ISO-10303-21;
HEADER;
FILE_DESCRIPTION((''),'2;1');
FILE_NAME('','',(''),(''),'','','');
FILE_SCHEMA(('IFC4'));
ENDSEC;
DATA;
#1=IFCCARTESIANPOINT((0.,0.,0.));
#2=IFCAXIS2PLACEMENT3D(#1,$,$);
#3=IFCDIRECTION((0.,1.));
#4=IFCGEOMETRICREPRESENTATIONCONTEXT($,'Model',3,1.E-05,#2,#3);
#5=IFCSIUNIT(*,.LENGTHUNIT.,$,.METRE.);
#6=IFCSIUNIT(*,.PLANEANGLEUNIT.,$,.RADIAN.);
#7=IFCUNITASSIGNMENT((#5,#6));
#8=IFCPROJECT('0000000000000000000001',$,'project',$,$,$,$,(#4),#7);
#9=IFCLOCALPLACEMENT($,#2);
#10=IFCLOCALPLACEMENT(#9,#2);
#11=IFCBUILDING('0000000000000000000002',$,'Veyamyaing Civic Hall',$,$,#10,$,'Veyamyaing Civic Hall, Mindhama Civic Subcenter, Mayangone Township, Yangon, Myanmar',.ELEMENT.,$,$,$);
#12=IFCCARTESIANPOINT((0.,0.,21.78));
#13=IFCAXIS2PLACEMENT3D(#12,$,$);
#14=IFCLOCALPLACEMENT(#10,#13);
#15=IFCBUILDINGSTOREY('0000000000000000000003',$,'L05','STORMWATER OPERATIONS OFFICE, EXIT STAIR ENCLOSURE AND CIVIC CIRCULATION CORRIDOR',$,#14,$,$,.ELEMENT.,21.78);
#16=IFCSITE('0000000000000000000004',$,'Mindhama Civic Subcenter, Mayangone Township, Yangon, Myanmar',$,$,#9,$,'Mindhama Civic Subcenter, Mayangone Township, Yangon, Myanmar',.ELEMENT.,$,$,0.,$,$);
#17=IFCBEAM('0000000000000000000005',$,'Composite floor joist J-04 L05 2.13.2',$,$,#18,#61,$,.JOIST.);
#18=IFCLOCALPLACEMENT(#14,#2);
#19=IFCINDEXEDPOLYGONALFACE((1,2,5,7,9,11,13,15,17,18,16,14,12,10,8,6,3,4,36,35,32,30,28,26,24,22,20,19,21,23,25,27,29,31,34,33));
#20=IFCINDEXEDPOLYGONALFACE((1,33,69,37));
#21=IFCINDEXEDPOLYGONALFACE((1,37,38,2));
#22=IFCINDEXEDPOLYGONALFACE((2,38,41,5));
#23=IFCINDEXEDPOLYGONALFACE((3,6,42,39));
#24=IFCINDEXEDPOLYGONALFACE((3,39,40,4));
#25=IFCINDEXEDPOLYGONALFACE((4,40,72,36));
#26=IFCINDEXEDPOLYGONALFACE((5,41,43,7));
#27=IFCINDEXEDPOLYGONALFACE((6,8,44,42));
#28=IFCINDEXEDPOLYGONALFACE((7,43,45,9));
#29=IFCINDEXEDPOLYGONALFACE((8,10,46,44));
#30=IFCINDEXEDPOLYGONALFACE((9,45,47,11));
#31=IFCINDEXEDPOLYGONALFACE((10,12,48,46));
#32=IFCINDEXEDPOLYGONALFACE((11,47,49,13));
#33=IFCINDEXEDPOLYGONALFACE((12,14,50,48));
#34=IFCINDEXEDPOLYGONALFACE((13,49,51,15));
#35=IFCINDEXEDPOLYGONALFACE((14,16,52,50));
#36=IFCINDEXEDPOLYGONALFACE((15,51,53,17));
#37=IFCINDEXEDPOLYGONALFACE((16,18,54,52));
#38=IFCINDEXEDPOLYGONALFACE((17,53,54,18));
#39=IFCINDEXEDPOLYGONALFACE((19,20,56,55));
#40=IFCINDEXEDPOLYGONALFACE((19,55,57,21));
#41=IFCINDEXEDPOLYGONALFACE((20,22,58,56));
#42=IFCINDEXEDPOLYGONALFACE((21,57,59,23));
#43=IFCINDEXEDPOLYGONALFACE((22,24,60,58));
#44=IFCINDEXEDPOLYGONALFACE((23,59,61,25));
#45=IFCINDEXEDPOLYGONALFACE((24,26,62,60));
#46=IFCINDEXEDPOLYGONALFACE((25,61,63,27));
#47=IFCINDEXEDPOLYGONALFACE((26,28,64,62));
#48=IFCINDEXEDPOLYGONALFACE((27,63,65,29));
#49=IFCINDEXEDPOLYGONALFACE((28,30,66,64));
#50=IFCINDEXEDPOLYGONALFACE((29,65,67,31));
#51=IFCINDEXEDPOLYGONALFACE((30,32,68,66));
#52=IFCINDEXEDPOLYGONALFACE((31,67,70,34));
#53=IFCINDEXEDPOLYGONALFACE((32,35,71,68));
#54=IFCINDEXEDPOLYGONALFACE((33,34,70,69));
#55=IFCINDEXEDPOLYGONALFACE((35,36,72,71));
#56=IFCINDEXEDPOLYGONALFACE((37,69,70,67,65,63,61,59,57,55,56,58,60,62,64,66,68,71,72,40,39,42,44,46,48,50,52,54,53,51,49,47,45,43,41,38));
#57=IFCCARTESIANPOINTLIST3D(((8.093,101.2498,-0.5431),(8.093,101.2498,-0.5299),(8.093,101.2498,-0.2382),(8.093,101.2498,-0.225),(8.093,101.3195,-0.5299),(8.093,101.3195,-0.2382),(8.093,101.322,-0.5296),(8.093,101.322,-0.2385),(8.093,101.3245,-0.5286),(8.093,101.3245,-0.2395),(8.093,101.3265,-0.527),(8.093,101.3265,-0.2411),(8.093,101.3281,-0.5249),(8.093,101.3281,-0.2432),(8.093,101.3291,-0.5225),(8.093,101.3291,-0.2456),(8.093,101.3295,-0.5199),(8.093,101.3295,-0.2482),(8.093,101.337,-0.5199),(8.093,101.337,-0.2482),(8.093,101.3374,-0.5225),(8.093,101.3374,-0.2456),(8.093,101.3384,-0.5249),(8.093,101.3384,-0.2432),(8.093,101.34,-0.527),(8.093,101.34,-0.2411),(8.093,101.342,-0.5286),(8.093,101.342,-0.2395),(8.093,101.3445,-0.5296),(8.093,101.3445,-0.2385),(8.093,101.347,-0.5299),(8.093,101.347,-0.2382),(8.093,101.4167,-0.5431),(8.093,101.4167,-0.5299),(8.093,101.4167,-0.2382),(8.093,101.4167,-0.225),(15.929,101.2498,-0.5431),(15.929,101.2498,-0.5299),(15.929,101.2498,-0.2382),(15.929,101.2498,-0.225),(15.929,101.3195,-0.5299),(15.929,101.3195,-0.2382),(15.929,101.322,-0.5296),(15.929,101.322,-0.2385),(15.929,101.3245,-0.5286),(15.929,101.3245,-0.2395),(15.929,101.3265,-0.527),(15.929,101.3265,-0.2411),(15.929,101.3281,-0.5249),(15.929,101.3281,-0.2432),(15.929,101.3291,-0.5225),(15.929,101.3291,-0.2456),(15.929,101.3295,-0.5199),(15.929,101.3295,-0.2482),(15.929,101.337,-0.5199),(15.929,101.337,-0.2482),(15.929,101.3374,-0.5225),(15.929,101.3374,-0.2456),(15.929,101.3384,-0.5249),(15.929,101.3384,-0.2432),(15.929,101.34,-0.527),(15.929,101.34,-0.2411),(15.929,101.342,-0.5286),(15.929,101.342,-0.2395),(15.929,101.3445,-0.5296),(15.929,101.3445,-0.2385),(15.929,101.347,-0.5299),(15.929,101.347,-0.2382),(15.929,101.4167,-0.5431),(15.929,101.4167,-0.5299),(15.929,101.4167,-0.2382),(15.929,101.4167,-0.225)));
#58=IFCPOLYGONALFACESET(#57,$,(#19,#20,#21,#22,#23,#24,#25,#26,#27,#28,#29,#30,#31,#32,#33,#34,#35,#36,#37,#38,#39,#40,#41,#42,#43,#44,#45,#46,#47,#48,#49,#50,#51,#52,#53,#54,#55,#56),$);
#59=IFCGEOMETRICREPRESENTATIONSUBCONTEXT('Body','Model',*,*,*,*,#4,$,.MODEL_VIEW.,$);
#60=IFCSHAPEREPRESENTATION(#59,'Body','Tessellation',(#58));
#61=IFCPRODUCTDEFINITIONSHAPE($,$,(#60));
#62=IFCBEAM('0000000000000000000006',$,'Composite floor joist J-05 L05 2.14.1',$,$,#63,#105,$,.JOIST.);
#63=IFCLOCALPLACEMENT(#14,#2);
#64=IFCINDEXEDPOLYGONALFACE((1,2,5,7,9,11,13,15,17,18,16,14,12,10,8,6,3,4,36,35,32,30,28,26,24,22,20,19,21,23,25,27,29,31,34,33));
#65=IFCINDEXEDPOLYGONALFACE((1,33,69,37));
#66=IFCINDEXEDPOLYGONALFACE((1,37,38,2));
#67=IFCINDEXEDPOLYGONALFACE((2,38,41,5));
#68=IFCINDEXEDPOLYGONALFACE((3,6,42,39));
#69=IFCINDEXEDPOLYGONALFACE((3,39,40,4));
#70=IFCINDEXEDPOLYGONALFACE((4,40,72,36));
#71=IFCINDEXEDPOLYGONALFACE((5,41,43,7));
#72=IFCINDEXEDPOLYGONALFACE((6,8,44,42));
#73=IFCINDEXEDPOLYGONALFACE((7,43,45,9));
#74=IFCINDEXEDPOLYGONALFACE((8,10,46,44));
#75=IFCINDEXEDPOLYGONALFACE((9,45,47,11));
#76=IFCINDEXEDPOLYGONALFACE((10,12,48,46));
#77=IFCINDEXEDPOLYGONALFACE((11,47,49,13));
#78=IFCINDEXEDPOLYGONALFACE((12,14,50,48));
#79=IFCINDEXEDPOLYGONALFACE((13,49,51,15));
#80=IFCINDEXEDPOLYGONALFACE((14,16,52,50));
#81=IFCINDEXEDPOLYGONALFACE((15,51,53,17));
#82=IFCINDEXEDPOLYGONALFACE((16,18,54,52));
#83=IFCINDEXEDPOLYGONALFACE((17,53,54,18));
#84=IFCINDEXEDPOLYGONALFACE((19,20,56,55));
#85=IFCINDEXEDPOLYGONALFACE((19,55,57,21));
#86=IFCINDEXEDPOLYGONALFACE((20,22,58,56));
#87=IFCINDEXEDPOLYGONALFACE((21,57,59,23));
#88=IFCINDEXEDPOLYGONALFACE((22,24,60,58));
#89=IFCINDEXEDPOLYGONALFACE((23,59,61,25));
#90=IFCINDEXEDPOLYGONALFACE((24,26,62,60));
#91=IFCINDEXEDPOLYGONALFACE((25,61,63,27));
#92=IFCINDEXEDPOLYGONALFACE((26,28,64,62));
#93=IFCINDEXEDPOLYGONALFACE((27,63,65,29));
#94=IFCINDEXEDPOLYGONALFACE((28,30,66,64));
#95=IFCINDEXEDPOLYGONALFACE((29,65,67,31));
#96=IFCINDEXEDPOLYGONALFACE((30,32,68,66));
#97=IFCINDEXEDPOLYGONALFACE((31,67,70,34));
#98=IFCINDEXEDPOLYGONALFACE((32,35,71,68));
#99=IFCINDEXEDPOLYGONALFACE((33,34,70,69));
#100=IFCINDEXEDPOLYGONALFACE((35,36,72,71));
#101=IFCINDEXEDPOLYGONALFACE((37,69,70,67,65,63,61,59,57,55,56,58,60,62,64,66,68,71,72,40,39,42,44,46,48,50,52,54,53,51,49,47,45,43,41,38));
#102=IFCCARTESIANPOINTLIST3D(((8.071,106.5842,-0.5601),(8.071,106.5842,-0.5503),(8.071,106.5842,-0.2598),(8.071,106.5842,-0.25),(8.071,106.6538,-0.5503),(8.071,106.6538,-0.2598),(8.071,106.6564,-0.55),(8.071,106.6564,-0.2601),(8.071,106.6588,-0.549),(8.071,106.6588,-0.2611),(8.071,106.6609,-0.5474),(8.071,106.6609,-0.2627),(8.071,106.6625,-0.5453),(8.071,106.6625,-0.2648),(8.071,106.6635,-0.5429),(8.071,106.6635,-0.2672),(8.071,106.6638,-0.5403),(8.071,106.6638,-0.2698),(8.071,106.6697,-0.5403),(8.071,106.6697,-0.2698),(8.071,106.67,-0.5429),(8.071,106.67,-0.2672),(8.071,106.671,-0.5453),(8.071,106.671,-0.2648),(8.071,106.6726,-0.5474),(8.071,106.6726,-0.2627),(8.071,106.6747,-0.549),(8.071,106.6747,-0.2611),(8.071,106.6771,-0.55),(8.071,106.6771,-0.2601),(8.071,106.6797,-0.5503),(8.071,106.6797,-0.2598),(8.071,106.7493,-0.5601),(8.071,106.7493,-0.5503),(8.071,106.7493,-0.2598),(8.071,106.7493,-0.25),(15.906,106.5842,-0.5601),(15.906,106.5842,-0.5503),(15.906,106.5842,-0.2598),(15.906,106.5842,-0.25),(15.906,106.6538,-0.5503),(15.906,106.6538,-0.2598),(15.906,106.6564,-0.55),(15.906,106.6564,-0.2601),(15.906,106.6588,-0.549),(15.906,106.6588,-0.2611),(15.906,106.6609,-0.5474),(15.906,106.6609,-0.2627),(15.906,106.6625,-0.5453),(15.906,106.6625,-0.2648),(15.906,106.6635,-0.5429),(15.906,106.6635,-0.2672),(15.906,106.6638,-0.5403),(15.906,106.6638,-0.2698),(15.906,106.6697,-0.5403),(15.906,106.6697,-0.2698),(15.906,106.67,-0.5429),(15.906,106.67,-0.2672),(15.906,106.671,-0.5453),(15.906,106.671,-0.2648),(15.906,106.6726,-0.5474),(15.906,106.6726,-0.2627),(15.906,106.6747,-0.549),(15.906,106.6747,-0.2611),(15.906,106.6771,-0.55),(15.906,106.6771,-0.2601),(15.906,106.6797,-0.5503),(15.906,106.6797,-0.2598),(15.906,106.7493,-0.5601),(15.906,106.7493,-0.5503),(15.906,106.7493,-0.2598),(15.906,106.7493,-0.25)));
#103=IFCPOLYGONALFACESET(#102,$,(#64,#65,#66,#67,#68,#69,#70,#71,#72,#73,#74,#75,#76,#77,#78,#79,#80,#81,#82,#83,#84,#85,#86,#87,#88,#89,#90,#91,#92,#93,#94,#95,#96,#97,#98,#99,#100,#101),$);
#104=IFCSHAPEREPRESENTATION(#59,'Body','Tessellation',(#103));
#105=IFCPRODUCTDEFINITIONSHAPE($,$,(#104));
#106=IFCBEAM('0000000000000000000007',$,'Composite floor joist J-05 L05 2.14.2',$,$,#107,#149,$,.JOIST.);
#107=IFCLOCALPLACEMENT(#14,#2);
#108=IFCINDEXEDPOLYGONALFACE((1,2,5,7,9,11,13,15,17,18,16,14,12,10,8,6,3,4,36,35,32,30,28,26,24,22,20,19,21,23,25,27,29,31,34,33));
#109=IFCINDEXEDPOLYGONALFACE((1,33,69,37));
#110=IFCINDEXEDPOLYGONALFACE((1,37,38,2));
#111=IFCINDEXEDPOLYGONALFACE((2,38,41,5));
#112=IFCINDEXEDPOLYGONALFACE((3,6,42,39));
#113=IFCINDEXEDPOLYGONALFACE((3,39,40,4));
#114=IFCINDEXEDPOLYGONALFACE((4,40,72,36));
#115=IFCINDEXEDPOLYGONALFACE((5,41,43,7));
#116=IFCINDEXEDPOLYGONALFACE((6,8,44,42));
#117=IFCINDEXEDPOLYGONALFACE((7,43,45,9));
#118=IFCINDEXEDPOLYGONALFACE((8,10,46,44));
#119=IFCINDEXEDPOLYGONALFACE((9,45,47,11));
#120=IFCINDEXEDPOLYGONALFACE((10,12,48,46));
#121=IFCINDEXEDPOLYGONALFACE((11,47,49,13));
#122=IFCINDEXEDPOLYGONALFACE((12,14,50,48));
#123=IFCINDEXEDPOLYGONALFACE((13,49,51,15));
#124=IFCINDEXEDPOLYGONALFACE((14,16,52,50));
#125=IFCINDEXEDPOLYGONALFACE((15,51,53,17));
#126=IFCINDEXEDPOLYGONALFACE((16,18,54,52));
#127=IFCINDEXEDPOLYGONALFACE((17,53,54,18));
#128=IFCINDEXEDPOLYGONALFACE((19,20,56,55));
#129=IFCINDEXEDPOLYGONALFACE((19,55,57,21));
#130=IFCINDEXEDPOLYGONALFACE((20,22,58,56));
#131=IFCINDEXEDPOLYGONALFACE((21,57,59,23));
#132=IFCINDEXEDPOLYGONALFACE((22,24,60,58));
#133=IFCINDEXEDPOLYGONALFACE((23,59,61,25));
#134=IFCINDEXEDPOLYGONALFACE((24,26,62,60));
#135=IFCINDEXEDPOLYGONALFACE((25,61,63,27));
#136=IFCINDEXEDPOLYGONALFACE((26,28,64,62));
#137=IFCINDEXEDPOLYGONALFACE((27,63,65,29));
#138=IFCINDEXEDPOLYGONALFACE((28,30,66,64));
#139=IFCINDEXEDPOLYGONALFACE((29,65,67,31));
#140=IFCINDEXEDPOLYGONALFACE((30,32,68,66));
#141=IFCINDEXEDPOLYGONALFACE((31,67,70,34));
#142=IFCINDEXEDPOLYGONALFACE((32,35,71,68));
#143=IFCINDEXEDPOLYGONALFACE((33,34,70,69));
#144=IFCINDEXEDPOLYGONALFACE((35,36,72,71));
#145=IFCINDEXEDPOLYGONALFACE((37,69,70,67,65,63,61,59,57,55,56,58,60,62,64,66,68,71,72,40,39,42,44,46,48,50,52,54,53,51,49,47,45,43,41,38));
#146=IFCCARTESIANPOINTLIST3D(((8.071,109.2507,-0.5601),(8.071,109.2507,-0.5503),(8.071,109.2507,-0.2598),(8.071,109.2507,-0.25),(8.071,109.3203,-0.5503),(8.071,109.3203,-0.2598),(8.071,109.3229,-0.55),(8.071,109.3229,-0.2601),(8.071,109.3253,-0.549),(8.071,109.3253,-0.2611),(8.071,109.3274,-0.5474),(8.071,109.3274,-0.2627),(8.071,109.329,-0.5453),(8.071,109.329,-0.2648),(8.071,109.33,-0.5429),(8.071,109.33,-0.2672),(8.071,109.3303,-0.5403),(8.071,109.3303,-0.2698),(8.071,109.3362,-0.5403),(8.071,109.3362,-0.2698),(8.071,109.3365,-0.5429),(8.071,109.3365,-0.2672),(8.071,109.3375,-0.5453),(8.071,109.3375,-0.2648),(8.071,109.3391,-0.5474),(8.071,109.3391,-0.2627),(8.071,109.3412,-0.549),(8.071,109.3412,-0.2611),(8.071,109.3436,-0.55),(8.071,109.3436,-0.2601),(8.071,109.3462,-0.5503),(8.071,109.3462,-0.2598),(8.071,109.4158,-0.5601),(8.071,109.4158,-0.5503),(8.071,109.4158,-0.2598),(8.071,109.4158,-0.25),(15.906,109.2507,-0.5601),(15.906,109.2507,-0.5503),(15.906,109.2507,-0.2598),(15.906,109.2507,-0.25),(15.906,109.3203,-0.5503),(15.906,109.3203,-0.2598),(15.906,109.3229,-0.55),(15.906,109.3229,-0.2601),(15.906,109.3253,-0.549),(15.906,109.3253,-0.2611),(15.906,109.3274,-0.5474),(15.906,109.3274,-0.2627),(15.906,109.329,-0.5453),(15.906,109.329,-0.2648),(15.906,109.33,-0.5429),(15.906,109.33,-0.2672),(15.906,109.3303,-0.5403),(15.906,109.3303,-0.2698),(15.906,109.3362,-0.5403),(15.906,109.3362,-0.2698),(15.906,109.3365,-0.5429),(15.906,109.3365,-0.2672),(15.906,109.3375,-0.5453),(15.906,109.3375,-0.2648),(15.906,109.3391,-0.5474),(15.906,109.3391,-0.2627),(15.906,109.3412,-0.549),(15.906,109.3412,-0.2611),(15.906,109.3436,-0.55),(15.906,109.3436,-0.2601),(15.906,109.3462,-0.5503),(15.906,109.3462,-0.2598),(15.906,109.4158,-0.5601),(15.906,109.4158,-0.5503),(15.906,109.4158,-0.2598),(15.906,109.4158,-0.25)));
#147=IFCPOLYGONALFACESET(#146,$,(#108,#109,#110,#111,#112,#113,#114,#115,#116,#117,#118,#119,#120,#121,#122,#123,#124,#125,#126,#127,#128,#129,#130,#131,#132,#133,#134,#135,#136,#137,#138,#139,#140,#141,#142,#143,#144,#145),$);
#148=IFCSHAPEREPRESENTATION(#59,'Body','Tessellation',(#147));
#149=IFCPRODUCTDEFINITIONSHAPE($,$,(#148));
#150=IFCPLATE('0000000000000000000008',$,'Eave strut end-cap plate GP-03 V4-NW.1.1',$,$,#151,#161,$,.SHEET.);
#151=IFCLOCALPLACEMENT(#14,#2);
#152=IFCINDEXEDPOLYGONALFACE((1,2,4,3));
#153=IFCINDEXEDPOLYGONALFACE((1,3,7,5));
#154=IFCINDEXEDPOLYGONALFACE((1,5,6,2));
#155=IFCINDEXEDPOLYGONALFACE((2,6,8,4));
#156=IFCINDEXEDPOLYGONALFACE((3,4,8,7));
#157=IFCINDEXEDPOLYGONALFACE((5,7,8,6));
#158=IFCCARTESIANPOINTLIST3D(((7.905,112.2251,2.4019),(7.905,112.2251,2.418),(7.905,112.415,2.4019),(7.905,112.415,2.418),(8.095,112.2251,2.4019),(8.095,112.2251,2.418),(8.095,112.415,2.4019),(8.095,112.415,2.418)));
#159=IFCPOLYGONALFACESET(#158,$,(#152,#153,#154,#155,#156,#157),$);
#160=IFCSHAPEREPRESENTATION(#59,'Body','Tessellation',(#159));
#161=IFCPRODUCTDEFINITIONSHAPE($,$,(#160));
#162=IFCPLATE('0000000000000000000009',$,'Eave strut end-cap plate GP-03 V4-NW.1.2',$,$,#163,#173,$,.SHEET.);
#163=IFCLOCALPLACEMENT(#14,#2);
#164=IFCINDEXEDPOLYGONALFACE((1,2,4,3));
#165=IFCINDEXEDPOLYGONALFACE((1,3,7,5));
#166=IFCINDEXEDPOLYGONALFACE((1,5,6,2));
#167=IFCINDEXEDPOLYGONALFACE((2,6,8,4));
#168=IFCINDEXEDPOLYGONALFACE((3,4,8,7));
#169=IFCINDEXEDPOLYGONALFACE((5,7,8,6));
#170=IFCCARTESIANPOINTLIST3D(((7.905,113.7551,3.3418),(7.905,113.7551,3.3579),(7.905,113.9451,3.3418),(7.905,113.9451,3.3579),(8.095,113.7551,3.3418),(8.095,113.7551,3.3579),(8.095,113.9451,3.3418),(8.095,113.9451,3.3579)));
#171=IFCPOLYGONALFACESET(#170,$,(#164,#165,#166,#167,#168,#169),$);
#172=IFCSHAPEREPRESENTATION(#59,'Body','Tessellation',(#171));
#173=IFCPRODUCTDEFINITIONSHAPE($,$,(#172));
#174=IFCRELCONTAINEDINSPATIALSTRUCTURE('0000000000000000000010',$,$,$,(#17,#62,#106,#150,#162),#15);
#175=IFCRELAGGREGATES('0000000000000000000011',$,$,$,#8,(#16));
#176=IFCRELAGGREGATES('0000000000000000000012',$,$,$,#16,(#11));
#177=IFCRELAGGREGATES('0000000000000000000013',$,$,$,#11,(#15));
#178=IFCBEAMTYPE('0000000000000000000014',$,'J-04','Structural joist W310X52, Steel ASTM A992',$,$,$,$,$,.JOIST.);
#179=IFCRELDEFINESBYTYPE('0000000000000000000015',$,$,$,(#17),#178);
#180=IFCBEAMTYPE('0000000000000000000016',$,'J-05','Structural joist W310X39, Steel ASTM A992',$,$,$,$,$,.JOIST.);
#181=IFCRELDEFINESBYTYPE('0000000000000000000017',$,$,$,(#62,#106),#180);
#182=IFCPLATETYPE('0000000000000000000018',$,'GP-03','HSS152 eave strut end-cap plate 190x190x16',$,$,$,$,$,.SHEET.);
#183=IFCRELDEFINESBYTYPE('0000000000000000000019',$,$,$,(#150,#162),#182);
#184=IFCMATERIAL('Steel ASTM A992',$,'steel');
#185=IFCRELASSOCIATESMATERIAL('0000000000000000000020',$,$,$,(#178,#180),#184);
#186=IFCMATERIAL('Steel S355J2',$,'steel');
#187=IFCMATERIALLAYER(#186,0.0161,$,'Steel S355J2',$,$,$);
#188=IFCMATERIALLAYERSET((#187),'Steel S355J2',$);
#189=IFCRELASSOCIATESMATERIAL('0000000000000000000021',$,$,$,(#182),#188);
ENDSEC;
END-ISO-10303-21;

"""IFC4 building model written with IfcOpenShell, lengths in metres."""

from ifc_helpers import new_model, si_unit, direction, frame, origin, origin_2d, place, context, subcontext, project, spatial, rectangle, i_section, extrude, material, layer, layer_set, material_profile, profile_set, type_object, element, save


model = new_model("IFC4")

# Units and contexts
model_context = context("Model", 3, precision=1e-05, world=origin(), true_north=direction((0.0, 1.0)))
body_context = subcontext(model_context, "Body", "Model", "MODEL_VIEW")
ifc_project = project(units=[si_unit("LENGTHUNIT", "METRE"), si_unit("PLANEANGLEUNIT", "RADIAN")], contexts=[model_context])

# Site, building, storey
site_placement = place(None, origin())
site = spatial("IfcSite", under=ifc_project, at=site_placement, Name="Mindhama Civic Subcenter, Mayangone Township, Yangon, Myanmar", LongName="Mindhama Civic Subcenter, Mayangone Township, Yangon, Myanmar", CompositionType="ELEMENT", RefElevation=0.0)
building_placement = place(site_placement, origin())
building = spatial("IfcBuilding", under=site, at=building_placement, Name="Veyamyaing Civic Hall", LongName="Veyamyaing Civic Hall, Mindhama Civic Subcenter, Mayangone Township, Yangon, Myanmar", CompositionType="ELEMENT")
storey_placement = place(building_placement, frame((0.0, 0.0, 21.78)))
storey = spatial("IfcBuildingStorey", under=building, at=storey_placement, Name="L05", Description="STORMWATER OPERATIONS OFFICE, EXIT STAIR ENCLOSURE AND CIVIC CIRCULATION CORRIDOR", CompositionType="ELEMENT", Elevation=21.78)

# Beams
ifc_material_1 = material(Name="Steel ASTM A992", Category="steel")
ifc_material_profile_1 = material_profile(ifc_material_1, i_section(OverallWidth=0.167, OverallDepth=0.3181, WebThickness=0.0076, FlangeThickness=0.0132, FilletRadius=0.01, at=origin_2d()), Name="W310X52")
ifc_profile_set_1 = profile_set([ifc_material_profile_1], Name="Steel ASTM A992")
beam_type_1 = type_object("IfcBeamType", Name="J-04", Description="Structural joist W310X52, Steel ASTM A992", PredefinedType="JOIST", material=ifc_profile_set_1)
beam_1_placement = place(storey_placement, frame((8.093, 101.3333, -0.384), z_axis=(1.0, 0.0, 0.0), x_axis=(0.0, 1.0, 0.0)))
element("IfcBeam", 1, at=beam_1_placement, inside=storey, type_object=beam_type_1, Name="Composite floor joist J-04 L05 2.13.2", PredefinedType="JOIST", context=body_context, shape_type="SweptSolid", body=[
    extrude(i_section(OverallWidth=0.167, OverallDepth=0.3181, WebThickness=0.0076, FlangeThickness=0.0132, FilletRadius=0.01, at=origin_2d()), origin(), (0.0, 0.0, 1.0), 7.8359),
])
ifc_material_profile_2 = material_profile(ifc_material_1, i_section(OverallWidth=0.165, OverallDepth=0.3101, WebThickness=0.0059, FlangeThickness=0.0098, FilletRadius=0.01, at=origin_2d()), Name="W310X39")
ifc_profile_set_2 = profile_set([ifc_material_profile_2], Name="Steel ASTM A992")
beam_type_2 = type_object("IfcBeamType", Name="J-05", Description="Structural joist W310X39, Steel ASTM A992", PredefinedType="JOIST", material=ifc_profile_set_2)
for number, where, z_axis, x_axis, name in (
    (2, (8.071, 106.6667, -0.405), (1.0, 0.0, 0.0), (0.0, 1.0, 0.0), "Composite floor joist J-05 L05 2.14.1"),
    (3, (8.071, 109.3333, -0.405), (1.0, 0.0, 0.0), (0.0, 1.0, 0.0), "Composite floor joist J-05 L05 2.14.2"),
):
    element("IfcBeam", number, at=place(storey_placement, frame(where, z_axis=z_axis, x_axis=x_axis)), inside=storey, type_object=beam_type_2, Name=name, PredefinedType="JOIST", context=body_context, shape_type="SweptSolid", body=[
        extrude(i_section(OverallWidth=0.165, OverallDepth=0.3101, WebThickness=0.0059, FlangeThickness=0.0098, FilletRadius=0.01, at=origin_2d()), origin(), (0.0, 0.0, 1.0), 7.835),
    ])

# Plates
ifc_material_2 = material(Name="Steel S355J2", Category="steel")
ifc_layer_1 = layer(ifc_material_2, 0.0161, Name="Steel S355J2")
ifc_layer_set_1 = layer_set([ifc_layer_1], Name="Steel S355J2")
plate_type = type_object("IfcPlateType", Name="GP-03", Description="HSS152 eave strut end-cap plate 190x190x16", PredefinedType="SHEET", material=ifc_layer_set_1)
for number, where, z_axis, x_axis, name in (
    (4, (8.0, 112.3201, 2.4019), (0.0, 0.0, 1.0), (0.0, 1.0, 0.0), "Eave strut end-cap plate GP-03 V4-NW.1.1"),
    (5, (8.0, 113.8501, 3.3418), (0.0, 0.0, 1.0), (0.0, 1.0, 0.0), "Eave strut end-cap plate GP-03 V4-NW.1.2"),
):
    element("IfcPlate", number, at=place(storey_placement, frame(where, z_axis=z_axis, x_axis=x_axis)), inside=storey, type_object=plate_type, Name=name, PredefinedType="SHEET", context=body_context, shape_type="SweptSolid", body=[
        extrude(rectangle(XDim=0.1899, YDim=0.1899, at=origin_2d()), origin(), (0.0, 0.0, 1.0), 0.0161),
    ])

save(model, "model.ifc")
